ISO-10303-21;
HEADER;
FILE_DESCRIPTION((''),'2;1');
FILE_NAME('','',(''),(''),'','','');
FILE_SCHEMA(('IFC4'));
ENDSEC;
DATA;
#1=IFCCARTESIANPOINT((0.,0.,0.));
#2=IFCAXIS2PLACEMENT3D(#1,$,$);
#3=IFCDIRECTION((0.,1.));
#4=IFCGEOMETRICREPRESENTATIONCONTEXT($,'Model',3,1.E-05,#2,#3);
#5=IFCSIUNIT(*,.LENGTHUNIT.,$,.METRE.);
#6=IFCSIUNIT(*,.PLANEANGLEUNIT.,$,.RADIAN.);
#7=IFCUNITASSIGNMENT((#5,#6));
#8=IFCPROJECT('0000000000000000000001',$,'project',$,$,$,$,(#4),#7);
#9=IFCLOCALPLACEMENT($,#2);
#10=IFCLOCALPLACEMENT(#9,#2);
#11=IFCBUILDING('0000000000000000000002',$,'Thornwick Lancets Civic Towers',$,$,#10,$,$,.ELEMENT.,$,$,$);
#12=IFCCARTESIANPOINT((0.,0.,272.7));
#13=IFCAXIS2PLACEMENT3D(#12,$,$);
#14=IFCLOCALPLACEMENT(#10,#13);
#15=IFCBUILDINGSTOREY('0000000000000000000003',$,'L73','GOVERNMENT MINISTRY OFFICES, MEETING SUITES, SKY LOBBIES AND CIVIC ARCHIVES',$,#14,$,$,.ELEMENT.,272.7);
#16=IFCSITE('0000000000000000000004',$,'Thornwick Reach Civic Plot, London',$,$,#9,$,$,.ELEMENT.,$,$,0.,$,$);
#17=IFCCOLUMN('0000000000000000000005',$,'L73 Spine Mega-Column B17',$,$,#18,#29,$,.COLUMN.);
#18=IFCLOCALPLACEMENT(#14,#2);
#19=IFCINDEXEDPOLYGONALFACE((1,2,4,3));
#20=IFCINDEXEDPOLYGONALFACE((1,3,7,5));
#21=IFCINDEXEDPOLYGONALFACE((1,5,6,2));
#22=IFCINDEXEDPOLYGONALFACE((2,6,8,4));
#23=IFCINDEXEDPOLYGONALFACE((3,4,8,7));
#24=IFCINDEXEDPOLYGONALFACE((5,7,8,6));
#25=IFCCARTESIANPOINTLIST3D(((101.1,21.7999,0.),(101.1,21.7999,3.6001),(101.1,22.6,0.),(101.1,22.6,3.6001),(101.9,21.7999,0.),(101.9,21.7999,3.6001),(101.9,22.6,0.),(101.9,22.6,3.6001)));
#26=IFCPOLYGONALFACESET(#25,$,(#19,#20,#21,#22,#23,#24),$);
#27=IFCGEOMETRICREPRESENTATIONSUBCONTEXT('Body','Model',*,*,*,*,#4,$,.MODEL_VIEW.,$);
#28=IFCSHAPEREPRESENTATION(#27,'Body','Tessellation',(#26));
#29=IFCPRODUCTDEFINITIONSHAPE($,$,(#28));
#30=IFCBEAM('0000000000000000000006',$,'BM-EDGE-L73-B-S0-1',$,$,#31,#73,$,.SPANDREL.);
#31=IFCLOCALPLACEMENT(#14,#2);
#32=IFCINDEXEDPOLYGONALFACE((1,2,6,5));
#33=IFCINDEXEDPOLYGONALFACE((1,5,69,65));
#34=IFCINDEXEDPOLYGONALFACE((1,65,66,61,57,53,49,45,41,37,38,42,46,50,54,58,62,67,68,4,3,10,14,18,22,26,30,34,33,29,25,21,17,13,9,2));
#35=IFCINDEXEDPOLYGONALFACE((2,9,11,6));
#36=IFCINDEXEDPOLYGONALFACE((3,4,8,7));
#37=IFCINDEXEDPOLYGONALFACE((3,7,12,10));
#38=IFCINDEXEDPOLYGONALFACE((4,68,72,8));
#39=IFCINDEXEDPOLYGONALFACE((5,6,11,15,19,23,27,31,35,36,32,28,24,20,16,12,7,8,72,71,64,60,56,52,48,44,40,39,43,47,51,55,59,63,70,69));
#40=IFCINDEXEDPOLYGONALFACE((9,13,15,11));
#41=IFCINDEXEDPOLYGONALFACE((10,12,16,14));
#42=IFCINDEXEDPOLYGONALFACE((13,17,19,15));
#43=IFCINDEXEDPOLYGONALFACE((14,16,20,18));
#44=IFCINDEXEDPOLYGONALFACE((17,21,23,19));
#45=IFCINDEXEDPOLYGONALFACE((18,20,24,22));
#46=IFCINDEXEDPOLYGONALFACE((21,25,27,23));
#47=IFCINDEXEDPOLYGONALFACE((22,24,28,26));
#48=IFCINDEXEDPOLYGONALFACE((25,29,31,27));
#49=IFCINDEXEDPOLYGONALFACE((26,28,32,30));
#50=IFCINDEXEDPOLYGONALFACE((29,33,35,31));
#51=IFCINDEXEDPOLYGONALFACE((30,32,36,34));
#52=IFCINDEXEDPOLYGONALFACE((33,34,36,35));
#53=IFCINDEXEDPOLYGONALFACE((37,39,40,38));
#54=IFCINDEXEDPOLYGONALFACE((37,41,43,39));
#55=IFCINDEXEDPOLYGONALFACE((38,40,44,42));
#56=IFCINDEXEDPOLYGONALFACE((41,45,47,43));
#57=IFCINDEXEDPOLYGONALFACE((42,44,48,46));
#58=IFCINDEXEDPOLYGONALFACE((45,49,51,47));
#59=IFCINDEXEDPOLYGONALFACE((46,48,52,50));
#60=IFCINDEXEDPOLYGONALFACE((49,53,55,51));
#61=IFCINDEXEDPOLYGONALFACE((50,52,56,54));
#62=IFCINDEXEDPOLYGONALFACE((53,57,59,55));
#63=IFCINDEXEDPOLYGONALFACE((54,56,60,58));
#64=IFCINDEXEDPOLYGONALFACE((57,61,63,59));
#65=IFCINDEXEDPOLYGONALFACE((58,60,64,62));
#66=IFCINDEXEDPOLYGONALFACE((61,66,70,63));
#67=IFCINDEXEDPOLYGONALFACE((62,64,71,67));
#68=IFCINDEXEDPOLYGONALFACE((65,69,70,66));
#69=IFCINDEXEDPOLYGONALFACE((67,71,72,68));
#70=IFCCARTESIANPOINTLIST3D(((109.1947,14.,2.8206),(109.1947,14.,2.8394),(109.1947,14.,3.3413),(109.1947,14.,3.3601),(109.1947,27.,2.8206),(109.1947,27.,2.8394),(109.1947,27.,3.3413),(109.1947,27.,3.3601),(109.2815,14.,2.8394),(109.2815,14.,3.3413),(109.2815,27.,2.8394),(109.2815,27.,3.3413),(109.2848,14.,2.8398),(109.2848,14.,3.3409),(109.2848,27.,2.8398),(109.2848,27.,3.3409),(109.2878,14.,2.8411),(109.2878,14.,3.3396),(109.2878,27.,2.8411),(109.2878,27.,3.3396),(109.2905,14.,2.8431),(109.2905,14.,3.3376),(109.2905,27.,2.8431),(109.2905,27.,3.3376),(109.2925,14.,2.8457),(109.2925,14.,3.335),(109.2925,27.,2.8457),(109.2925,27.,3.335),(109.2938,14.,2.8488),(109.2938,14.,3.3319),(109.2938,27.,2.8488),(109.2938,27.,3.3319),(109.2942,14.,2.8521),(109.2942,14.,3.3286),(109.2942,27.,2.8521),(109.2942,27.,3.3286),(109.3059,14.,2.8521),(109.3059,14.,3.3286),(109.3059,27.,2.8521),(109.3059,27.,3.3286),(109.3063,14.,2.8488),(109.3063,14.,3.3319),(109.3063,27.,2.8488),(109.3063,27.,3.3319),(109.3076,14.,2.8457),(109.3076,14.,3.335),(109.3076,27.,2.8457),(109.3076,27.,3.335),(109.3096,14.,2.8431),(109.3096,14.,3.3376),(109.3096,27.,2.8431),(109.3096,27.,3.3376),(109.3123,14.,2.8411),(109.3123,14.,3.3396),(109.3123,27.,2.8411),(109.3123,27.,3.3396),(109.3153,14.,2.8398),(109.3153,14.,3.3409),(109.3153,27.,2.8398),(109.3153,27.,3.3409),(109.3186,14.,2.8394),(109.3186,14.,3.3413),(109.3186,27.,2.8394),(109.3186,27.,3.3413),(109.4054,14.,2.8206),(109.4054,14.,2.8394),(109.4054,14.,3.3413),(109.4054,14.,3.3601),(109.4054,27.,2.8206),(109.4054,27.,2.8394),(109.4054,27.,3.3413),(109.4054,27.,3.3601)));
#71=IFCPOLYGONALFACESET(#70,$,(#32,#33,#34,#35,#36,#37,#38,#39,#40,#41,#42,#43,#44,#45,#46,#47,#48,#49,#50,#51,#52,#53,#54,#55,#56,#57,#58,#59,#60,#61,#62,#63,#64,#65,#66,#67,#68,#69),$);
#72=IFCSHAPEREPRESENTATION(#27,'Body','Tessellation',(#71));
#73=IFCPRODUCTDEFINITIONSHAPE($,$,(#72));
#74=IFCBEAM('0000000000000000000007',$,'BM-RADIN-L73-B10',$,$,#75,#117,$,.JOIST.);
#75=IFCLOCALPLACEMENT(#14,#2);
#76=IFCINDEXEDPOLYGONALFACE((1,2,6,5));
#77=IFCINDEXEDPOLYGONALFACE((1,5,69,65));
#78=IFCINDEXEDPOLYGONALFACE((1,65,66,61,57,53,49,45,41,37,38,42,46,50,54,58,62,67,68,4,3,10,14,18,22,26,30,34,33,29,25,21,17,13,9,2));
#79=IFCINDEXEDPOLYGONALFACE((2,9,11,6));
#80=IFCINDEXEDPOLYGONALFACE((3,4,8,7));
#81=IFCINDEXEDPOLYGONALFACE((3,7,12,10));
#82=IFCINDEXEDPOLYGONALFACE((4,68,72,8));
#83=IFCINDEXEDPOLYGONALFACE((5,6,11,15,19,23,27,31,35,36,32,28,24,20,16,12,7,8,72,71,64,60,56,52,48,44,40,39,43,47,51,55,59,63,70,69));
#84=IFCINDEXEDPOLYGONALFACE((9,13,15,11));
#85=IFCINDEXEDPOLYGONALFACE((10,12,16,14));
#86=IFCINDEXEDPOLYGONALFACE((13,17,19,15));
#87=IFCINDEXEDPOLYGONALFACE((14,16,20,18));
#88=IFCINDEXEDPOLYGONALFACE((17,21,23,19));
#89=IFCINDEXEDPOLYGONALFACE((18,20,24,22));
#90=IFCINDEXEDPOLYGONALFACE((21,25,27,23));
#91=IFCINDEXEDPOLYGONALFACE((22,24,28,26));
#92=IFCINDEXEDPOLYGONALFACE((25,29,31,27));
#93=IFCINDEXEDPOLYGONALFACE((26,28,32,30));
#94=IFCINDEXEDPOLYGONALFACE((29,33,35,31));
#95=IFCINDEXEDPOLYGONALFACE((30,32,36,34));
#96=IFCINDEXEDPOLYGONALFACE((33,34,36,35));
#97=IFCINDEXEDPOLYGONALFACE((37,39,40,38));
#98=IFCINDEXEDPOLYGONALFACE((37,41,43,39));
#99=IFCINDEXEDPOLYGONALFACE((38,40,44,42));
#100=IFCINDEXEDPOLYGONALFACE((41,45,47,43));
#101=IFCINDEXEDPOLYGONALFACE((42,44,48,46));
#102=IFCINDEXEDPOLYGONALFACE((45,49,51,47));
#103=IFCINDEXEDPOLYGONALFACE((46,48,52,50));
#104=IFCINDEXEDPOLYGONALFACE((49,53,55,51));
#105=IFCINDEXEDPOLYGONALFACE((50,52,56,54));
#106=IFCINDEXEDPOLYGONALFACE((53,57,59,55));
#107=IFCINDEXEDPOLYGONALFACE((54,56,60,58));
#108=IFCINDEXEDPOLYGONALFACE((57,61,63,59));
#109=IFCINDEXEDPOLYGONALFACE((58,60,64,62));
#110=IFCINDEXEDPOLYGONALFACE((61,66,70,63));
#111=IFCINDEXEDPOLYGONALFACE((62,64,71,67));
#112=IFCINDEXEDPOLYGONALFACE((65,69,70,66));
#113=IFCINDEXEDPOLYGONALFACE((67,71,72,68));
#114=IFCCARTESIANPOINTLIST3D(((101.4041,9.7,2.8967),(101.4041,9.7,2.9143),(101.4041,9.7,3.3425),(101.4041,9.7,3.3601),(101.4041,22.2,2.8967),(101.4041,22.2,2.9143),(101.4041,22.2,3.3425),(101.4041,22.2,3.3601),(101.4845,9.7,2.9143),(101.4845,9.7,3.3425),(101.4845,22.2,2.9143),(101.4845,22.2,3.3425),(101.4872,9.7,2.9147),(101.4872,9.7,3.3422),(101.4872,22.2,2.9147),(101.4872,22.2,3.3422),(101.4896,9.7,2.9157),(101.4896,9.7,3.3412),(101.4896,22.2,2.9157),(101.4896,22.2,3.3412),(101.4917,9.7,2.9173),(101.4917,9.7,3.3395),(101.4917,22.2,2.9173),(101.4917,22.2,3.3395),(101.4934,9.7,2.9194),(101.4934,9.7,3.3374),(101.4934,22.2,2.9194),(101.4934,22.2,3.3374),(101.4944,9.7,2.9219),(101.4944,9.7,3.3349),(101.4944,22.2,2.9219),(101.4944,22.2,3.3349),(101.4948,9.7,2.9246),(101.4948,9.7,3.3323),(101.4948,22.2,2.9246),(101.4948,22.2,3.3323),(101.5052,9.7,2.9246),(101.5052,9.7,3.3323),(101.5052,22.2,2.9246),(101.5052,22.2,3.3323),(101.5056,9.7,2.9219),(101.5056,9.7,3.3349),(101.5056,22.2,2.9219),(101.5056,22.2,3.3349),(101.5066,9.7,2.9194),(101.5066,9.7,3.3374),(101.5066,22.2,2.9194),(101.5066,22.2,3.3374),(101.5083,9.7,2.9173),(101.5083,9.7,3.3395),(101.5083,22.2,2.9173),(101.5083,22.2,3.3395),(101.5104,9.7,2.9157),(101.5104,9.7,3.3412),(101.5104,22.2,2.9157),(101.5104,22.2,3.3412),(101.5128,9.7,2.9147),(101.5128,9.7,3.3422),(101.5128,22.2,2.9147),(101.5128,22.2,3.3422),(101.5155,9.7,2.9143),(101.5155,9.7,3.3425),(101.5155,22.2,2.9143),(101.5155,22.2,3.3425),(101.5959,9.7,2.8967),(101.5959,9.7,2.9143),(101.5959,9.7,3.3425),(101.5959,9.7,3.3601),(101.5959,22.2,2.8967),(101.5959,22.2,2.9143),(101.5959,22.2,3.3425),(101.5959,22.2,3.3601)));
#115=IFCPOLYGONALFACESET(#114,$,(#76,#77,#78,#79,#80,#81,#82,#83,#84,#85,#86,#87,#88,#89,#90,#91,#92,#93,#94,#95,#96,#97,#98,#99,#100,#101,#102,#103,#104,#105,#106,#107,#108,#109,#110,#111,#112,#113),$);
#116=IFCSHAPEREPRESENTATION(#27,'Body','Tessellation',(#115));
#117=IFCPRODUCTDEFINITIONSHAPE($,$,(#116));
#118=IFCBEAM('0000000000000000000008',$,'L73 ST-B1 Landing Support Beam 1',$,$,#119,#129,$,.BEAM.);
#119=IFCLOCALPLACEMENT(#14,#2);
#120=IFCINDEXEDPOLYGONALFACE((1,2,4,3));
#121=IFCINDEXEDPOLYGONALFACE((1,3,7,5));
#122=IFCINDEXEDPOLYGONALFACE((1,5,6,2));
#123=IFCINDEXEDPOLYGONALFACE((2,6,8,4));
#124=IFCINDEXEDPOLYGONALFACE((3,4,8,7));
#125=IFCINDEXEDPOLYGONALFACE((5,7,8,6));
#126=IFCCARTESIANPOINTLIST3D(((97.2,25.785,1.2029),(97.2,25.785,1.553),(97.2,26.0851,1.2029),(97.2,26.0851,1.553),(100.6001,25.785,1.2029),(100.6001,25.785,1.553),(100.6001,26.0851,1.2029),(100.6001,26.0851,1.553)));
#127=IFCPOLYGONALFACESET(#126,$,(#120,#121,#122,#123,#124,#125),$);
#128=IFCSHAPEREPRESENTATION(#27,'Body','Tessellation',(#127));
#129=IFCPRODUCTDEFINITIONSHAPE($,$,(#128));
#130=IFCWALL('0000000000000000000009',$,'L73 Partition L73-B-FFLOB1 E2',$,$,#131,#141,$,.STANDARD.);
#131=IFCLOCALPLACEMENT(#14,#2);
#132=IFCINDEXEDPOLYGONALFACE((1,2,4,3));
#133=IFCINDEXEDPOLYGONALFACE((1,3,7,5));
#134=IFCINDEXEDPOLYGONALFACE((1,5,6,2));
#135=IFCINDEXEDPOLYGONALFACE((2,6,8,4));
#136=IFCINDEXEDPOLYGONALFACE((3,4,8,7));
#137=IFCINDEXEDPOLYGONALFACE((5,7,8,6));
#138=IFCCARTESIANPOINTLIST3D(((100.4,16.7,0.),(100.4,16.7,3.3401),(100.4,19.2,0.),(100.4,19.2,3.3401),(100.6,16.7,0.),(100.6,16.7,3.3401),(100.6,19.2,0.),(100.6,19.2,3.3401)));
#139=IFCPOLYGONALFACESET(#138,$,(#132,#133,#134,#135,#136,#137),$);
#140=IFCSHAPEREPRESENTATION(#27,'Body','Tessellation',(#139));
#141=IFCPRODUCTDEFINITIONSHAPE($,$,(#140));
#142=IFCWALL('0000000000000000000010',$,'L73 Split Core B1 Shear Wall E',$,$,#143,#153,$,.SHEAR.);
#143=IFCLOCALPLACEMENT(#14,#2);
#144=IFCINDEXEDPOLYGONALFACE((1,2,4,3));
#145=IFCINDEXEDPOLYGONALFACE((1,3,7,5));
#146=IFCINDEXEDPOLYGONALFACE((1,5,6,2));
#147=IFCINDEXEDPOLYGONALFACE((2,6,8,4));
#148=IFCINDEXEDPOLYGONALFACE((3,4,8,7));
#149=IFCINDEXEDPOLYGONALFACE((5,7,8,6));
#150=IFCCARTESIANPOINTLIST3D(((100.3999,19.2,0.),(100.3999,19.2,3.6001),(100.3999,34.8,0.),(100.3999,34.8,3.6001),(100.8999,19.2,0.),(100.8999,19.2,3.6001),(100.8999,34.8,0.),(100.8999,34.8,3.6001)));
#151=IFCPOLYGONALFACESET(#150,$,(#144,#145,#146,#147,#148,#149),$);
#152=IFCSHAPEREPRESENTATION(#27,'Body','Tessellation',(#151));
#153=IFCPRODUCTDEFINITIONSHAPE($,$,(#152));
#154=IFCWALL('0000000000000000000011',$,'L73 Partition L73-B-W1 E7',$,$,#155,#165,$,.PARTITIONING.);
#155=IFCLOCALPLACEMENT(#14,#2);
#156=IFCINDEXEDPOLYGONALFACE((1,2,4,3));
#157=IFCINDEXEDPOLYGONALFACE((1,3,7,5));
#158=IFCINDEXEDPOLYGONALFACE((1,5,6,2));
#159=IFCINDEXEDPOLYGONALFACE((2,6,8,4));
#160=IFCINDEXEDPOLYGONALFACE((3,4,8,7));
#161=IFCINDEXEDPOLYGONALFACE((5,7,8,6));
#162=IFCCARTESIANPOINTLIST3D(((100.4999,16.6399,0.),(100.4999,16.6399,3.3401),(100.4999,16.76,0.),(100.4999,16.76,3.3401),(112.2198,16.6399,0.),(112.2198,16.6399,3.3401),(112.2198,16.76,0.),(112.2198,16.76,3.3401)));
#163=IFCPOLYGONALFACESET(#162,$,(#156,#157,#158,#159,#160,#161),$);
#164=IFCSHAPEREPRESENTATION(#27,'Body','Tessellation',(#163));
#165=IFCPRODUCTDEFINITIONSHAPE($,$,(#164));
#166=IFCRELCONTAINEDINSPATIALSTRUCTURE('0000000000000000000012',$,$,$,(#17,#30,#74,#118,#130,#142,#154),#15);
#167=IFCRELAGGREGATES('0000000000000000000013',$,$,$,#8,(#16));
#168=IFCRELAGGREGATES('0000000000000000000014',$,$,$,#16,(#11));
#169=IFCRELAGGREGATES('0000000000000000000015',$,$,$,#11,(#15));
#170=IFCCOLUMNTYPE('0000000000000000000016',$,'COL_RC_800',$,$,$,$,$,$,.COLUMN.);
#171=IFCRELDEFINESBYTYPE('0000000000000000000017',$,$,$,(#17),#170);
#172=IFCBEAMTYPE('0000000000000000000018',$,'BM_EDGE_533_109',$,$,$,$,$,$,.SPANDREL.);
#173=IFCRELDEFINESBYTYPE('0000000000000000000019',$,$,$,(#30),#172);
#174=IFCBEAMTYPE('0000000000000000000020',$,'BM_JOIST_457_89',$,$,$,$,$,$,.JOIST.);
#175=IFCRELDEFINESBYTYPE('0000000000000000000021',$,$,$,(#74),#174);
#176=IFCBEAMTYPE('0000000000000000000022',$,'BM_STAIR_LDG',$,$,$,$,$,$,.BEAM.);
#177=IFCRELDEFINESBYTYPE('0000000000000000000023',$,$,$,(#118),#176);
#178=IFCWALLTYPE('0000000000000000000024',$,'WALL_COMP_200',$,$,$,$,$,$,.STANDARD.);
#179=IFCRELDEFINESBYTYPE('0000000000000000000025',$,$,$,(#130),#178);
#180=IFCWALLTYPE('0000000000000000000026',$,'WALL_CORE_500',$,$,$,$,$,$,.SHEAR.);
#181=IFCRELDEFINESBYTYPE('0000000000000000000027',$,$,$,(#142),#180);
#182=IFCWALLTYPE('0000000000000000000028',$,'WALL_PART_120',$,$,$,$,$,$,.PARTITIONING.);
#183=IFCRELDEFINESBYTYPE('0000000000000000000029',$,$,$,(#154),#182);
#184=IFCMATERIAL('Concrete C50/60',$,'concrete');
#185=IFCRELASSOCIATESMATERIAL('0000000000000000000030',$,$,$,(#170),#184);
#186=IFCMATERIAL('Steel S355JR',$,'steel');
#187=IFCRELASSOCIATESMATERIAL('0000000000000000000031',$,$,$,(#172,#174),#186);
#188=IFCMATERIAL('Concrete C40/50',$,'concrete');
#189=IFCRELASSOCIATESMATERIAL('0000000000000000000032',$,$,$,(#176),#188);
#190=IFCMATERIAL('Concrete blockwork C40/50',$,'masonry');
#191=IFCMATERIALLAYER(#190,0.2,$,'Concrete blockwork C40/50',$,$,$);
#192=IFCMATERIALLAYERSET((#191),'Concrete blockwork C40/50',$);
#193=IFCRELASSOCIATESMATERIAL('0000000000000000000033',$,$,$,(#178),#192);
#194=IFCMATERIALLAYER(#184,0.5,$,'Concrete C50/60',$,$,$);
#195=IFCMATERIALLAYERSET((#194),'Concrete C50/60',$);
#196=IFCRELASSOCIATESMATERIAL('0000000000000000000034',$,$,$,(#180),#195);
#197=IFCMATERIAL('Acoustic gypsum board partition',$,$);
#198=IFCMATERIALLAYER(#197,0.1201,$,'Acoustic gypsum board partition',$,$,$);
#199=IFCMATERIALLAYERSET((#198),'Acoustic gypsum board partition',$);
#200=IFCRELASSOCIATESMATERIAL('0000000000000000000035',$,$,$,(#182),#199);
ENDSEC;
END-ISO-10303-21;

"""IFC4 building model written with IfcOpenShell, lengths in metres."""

from ifc_helpers import new_model, si_unit, direction, frame, frame_2d, origin, origin_2d, place, context, subcontext, project, spatial, rectangle, i_section, extrude, material, layer, layer_set, material_profile, profile_set, type_object, element, save


model = new_model("IFC4")

# Units and contexts
model_context = context("Model", 3, precision=1e-05, world=origin(), true_north=direction((0.0, 1.0)))
body_context = subcontext(model_context, "Body", "Model", "MODEL_VIEW")
ifc_project = project(units=[si_unit("LENGTHUNIT", "METRE"), si_unit("PLANEANGLEUNIT", "RADIAN")], contexts=[model_context])

# Site, building, storey
site_placement = place(None, origin())
site = spatial("IfcSite", under=ifc_project, at=site_placement, Name="Thornwick Reach Civic Plot, London", CompositionType="ELEMENT", RefElevation=0.0)
building_placement = place(site_placement, origin())
building = spatial("IfcBuilding", under=site, at=building_placement, Name="Thornwick Lancets Civic Towers", CompositionType="ELEMENT")
storey_placement = place(building_placement, frame((0.0, 0.0, 272.7)))
storey = spatial("IfcBuildingStorey", under=building, at=storey_placement, Name="L73", Description="GOVERNMENT MINISTRY OFFICES, MEETING SUITES, SKY LOBBIES AND CIVIC ARCHIVES", CompositionType="ELEMENT", Elevation=272.7)

# Column
ifc_material_1 = material(Name="Concrete C50/60", Category="concrete")
ifc_material_profile_1 = material_profile(ifc_material_1, rectangle(XDim=0.8, YDim=0.8, at=origin_2d()), Name="RC 800x800")
ifc_profile_set_1 = profile_set([ifc_material_profile_1], Name="Concrete C50/60")
column_type = type_object("IfcColumnType", Name="COL_RC_800", PredefinedType="COLUMN", material=ifc_profile_set_1)
column_placement = place(storey_placement, frame((101.5, 22.2, 0.0), z_axis=(0.0, 0.0, 1.0), x_axis=(1.0, 0.0, 0.0)))
element("IfcColumn", 1, at=column_placement, inside=storey, type_object=column_type, Name="L73 Spine Mega-Column B17", PredefinedType="COLUMN", context=body_context, shape_type="SweptSolid", body=[
    extrude(rectangle(XDim=0.8, YDim=0.8, at=origin_2d()), origin(), (0.0, 0.0, 1.0), 3.6001),
])

# Beams
ifc_material_2 = material(Name="Steel S355JR", Category="steel")
ifc_material_profile_2 = material_profile(ifc_material_2, i_section(OverallWidth=0.2107, OverallDepth=0.5396, WebThickness=0.0117, FlangeThickness=0.0188, FilletRadius=0.0127, at=origin_2d()), Name="UKB 533x210x109")
ifc_profile_set_2 = profile_set([ifc_material_profile_2], Name="Steel S355JR")
beam_type_1 = type_object("IfcBeamType", Name="BM_EDGE_533_109", PredefinedType="SPANDREL", material=ifc_profile_set_2)
beam_1_placement = place(storey_placement, frame((109.3, 14.0, 3.0903), z_axis=(0.0, 1.0, 0.0), x_axis=(-1.0, 0.0, 0.0)))
element("IfcBeam", 2, at=beam_1_placement, inside=storey, type_object=beam_type_1, Name="BM-EDGE-L73-B-S0-1", PredefinedType="SPANDREL", context=body_context, shape_type="SweptSolid", body=[
    extrude(i_section(OverallWidth=0.2107, OverallDepth=0.5396, WebThickness=0.0117, FlangeThickness=0.0188, FilletRadius=0.0127, at=origin_2d()), origin(), (0.0, 0.0, 1.0), 13.0),
])
ifc_material_profile_3 = material_profile(ifc_material_2, i_section(OverallWidth=0.1919, OverallDepth=0.4634, WebThickness=0.0105, FlangeThickness=0.0176, FilletRadius=0.0103, at=origin_2d()), Name="UKB 457x191x89")
ifc_profile_set_3 = profile_set([ifc_material_profile_3], Name="Steel S355JR")
beam_type_2 = type_object("IfcBeamType", Name="BM_JOIST_457_89", PredefinedType="JOIST", material=ifc_profile_set_3)
beam_2_placement = place(storey_placement, frame((101.5, 22.2, 3.1284), z_axis=(0.0, -1.0, 0.0), x_axis=(1.0, 0.0, 0.0)))
element("IfcBeam", 3, at=beam_2_placement, inside=storey, type_object=beam_type_2, Name="BM-RADIN-L73-B10", PredefinedType="JOIST", context=body_context, shape_type="SweptSolid", body=[
    extrude(i_section(OverallWidth=0.1919, OverallDepth=0.4634, WebThickness=0.0105, FlangeThickness=0.0176, FilletRadius=0.0103, at=origin_2d()), origin(), (0.0, 0.0, 1.0), 12.5),
])
ifc_material_3 = material(Name="Concrete C40/50", Category="concrete")
ifc_material_profile_4 = material_profile(ifc_material_3, rectangle(XDim=0.3, YDim=0.3501, at=origin_2d()), Name="RC 300x350")
ifc_profile_set_4 = profile_set([ifc_material_profile_4], Name="Concrete C40/50")
beam_type_3 = type_object("IfcBeamType", Name="BM_STAIR_LDG", PredefinedType="BEAM", material=ifc_profile_set_4)
beam_3_placement = place(storey_placement, frame((100.6001, 25.9351, 1.3779), z_axis=(-1.0, 0.0, 0.0), x_axis=(0.0, -1.0, 0.0)))
element("IfcBeam", 4, at=beam_3_placement, inside=storey, type_object=beam_type_3, Name="L73 ST-B1 Landing Support Beam 1", PredefinedType="BEAM", context=body_context, shape_type="SweptSolid", body=[
    extrude(rectangle(XDim=0.3, YDim=0.3501, at=origin_2d()), origin(), (0.0, 0.0, 1.0), 3.4001),
])

# Walls
ifc_material_4 = material(Name="Concrete blockwork C40/50", Category="masonry")
ifc_layer_1 = layer(ifc_material_4, 0.2, Name="Concrete blockwork C40/50")
ifc_layer_set_1 = layer_set([ifc_layer_1], Name="Concrete blockwork C40/50")
wall_type_1 = type_object("IfcWallType", Name="WALL_COMP_200", PredefinedType="STANDARD", material=ifc_layer_set_1)
wall_1_placement = place(storey_placement, frame((100.5, 16.7, 0.0), z_axis=(0.0, 0.0, 1.0), x_axis=(0.0, 1.0, 0.0)))
element("IfcWall", 5, at=wall_1_placement, inside=storey, type_object=wall_type_1, Name="L73 Partition L73-B-FFLOB1 E2", PredefinedType="STANDARD", context=body_context, shape_type="SweptSolid", body=[
    extrude(rectangle(XDim=2.5, YDim=0.2, at=frame_2d((1.25, 0.0))), origin(), (0.0, 0.0, 1.0), 3.3401),
])
ifc_layer_2 = layer(ifc_material_1, 0.5, Name="Concrete C50/60")
ifc_layer_set_2 = layer_set([ifc_layer_2], Name="Concrete C50/60")
wall_type_2 = type_object("IfcWallType", Name="WALL_CORE_500", PredefinedType="SHEAR", material=ifc_layer_set_2)
wall_2_placement = place(storey_placement, frame((100.6499, 19.2, 0.0), z_axis=(0.0, 0.0, 1.0), x_axis=(0.0, 1.0, 0.0)))
element("IfcWall", 6, at=wall_2_placement, inside=storey, type_object=wall_type_2, Name="L73 Split Core B1 Shear Wall E", PredefinedType="SHEAR", context=body_context, shape_type="SweptSolid", body=[
    extrude(rectangle(XDim=15.6001, YDim=0.5, at=frame_2d((7.8, 0.0))), origin(), (0.0, 0.0, 1.0), 3.6001),
])
ifc_material_5 = material(Name="Acoustic gypsum board partition")
ifc_layer_3 = layer(ifc_material_5, 0.1201, Name="Acoustic gypsum board partition")
ifc_layer_set_3 = layer_set([ifc_layer_3], Name="Acoustic gypsum board partition")
wall_type_3 = type_object("IfcWallType", Name="WALL_PART_120", PredefinedType="PARTITIONING", material=ifc_layer_set_3)
wall_3_placement = place(storey_placement, frame((100.5, 16.7, 0.0), z_axis=(0.0, 0.0, 1.0), x_axis=(1.0, 0.0, 0.0)))
element("IfcWall", 7, at=wall_3_placement, inside=storey, type_object=wall_type_3, Name="L73 Partition L73-B-W1 E7", PredefinedType="PARTITIONING", context=body_context, shape_type="SweptSolid", body=[
    extrude(rectangle(XDim=11.72, YDim=0.1201, at=frame_2d((5.8599, 0.0))), origin(), (0.0, 0.0, 1.0), 3.3401),
])

save(model, "model.ifc")
